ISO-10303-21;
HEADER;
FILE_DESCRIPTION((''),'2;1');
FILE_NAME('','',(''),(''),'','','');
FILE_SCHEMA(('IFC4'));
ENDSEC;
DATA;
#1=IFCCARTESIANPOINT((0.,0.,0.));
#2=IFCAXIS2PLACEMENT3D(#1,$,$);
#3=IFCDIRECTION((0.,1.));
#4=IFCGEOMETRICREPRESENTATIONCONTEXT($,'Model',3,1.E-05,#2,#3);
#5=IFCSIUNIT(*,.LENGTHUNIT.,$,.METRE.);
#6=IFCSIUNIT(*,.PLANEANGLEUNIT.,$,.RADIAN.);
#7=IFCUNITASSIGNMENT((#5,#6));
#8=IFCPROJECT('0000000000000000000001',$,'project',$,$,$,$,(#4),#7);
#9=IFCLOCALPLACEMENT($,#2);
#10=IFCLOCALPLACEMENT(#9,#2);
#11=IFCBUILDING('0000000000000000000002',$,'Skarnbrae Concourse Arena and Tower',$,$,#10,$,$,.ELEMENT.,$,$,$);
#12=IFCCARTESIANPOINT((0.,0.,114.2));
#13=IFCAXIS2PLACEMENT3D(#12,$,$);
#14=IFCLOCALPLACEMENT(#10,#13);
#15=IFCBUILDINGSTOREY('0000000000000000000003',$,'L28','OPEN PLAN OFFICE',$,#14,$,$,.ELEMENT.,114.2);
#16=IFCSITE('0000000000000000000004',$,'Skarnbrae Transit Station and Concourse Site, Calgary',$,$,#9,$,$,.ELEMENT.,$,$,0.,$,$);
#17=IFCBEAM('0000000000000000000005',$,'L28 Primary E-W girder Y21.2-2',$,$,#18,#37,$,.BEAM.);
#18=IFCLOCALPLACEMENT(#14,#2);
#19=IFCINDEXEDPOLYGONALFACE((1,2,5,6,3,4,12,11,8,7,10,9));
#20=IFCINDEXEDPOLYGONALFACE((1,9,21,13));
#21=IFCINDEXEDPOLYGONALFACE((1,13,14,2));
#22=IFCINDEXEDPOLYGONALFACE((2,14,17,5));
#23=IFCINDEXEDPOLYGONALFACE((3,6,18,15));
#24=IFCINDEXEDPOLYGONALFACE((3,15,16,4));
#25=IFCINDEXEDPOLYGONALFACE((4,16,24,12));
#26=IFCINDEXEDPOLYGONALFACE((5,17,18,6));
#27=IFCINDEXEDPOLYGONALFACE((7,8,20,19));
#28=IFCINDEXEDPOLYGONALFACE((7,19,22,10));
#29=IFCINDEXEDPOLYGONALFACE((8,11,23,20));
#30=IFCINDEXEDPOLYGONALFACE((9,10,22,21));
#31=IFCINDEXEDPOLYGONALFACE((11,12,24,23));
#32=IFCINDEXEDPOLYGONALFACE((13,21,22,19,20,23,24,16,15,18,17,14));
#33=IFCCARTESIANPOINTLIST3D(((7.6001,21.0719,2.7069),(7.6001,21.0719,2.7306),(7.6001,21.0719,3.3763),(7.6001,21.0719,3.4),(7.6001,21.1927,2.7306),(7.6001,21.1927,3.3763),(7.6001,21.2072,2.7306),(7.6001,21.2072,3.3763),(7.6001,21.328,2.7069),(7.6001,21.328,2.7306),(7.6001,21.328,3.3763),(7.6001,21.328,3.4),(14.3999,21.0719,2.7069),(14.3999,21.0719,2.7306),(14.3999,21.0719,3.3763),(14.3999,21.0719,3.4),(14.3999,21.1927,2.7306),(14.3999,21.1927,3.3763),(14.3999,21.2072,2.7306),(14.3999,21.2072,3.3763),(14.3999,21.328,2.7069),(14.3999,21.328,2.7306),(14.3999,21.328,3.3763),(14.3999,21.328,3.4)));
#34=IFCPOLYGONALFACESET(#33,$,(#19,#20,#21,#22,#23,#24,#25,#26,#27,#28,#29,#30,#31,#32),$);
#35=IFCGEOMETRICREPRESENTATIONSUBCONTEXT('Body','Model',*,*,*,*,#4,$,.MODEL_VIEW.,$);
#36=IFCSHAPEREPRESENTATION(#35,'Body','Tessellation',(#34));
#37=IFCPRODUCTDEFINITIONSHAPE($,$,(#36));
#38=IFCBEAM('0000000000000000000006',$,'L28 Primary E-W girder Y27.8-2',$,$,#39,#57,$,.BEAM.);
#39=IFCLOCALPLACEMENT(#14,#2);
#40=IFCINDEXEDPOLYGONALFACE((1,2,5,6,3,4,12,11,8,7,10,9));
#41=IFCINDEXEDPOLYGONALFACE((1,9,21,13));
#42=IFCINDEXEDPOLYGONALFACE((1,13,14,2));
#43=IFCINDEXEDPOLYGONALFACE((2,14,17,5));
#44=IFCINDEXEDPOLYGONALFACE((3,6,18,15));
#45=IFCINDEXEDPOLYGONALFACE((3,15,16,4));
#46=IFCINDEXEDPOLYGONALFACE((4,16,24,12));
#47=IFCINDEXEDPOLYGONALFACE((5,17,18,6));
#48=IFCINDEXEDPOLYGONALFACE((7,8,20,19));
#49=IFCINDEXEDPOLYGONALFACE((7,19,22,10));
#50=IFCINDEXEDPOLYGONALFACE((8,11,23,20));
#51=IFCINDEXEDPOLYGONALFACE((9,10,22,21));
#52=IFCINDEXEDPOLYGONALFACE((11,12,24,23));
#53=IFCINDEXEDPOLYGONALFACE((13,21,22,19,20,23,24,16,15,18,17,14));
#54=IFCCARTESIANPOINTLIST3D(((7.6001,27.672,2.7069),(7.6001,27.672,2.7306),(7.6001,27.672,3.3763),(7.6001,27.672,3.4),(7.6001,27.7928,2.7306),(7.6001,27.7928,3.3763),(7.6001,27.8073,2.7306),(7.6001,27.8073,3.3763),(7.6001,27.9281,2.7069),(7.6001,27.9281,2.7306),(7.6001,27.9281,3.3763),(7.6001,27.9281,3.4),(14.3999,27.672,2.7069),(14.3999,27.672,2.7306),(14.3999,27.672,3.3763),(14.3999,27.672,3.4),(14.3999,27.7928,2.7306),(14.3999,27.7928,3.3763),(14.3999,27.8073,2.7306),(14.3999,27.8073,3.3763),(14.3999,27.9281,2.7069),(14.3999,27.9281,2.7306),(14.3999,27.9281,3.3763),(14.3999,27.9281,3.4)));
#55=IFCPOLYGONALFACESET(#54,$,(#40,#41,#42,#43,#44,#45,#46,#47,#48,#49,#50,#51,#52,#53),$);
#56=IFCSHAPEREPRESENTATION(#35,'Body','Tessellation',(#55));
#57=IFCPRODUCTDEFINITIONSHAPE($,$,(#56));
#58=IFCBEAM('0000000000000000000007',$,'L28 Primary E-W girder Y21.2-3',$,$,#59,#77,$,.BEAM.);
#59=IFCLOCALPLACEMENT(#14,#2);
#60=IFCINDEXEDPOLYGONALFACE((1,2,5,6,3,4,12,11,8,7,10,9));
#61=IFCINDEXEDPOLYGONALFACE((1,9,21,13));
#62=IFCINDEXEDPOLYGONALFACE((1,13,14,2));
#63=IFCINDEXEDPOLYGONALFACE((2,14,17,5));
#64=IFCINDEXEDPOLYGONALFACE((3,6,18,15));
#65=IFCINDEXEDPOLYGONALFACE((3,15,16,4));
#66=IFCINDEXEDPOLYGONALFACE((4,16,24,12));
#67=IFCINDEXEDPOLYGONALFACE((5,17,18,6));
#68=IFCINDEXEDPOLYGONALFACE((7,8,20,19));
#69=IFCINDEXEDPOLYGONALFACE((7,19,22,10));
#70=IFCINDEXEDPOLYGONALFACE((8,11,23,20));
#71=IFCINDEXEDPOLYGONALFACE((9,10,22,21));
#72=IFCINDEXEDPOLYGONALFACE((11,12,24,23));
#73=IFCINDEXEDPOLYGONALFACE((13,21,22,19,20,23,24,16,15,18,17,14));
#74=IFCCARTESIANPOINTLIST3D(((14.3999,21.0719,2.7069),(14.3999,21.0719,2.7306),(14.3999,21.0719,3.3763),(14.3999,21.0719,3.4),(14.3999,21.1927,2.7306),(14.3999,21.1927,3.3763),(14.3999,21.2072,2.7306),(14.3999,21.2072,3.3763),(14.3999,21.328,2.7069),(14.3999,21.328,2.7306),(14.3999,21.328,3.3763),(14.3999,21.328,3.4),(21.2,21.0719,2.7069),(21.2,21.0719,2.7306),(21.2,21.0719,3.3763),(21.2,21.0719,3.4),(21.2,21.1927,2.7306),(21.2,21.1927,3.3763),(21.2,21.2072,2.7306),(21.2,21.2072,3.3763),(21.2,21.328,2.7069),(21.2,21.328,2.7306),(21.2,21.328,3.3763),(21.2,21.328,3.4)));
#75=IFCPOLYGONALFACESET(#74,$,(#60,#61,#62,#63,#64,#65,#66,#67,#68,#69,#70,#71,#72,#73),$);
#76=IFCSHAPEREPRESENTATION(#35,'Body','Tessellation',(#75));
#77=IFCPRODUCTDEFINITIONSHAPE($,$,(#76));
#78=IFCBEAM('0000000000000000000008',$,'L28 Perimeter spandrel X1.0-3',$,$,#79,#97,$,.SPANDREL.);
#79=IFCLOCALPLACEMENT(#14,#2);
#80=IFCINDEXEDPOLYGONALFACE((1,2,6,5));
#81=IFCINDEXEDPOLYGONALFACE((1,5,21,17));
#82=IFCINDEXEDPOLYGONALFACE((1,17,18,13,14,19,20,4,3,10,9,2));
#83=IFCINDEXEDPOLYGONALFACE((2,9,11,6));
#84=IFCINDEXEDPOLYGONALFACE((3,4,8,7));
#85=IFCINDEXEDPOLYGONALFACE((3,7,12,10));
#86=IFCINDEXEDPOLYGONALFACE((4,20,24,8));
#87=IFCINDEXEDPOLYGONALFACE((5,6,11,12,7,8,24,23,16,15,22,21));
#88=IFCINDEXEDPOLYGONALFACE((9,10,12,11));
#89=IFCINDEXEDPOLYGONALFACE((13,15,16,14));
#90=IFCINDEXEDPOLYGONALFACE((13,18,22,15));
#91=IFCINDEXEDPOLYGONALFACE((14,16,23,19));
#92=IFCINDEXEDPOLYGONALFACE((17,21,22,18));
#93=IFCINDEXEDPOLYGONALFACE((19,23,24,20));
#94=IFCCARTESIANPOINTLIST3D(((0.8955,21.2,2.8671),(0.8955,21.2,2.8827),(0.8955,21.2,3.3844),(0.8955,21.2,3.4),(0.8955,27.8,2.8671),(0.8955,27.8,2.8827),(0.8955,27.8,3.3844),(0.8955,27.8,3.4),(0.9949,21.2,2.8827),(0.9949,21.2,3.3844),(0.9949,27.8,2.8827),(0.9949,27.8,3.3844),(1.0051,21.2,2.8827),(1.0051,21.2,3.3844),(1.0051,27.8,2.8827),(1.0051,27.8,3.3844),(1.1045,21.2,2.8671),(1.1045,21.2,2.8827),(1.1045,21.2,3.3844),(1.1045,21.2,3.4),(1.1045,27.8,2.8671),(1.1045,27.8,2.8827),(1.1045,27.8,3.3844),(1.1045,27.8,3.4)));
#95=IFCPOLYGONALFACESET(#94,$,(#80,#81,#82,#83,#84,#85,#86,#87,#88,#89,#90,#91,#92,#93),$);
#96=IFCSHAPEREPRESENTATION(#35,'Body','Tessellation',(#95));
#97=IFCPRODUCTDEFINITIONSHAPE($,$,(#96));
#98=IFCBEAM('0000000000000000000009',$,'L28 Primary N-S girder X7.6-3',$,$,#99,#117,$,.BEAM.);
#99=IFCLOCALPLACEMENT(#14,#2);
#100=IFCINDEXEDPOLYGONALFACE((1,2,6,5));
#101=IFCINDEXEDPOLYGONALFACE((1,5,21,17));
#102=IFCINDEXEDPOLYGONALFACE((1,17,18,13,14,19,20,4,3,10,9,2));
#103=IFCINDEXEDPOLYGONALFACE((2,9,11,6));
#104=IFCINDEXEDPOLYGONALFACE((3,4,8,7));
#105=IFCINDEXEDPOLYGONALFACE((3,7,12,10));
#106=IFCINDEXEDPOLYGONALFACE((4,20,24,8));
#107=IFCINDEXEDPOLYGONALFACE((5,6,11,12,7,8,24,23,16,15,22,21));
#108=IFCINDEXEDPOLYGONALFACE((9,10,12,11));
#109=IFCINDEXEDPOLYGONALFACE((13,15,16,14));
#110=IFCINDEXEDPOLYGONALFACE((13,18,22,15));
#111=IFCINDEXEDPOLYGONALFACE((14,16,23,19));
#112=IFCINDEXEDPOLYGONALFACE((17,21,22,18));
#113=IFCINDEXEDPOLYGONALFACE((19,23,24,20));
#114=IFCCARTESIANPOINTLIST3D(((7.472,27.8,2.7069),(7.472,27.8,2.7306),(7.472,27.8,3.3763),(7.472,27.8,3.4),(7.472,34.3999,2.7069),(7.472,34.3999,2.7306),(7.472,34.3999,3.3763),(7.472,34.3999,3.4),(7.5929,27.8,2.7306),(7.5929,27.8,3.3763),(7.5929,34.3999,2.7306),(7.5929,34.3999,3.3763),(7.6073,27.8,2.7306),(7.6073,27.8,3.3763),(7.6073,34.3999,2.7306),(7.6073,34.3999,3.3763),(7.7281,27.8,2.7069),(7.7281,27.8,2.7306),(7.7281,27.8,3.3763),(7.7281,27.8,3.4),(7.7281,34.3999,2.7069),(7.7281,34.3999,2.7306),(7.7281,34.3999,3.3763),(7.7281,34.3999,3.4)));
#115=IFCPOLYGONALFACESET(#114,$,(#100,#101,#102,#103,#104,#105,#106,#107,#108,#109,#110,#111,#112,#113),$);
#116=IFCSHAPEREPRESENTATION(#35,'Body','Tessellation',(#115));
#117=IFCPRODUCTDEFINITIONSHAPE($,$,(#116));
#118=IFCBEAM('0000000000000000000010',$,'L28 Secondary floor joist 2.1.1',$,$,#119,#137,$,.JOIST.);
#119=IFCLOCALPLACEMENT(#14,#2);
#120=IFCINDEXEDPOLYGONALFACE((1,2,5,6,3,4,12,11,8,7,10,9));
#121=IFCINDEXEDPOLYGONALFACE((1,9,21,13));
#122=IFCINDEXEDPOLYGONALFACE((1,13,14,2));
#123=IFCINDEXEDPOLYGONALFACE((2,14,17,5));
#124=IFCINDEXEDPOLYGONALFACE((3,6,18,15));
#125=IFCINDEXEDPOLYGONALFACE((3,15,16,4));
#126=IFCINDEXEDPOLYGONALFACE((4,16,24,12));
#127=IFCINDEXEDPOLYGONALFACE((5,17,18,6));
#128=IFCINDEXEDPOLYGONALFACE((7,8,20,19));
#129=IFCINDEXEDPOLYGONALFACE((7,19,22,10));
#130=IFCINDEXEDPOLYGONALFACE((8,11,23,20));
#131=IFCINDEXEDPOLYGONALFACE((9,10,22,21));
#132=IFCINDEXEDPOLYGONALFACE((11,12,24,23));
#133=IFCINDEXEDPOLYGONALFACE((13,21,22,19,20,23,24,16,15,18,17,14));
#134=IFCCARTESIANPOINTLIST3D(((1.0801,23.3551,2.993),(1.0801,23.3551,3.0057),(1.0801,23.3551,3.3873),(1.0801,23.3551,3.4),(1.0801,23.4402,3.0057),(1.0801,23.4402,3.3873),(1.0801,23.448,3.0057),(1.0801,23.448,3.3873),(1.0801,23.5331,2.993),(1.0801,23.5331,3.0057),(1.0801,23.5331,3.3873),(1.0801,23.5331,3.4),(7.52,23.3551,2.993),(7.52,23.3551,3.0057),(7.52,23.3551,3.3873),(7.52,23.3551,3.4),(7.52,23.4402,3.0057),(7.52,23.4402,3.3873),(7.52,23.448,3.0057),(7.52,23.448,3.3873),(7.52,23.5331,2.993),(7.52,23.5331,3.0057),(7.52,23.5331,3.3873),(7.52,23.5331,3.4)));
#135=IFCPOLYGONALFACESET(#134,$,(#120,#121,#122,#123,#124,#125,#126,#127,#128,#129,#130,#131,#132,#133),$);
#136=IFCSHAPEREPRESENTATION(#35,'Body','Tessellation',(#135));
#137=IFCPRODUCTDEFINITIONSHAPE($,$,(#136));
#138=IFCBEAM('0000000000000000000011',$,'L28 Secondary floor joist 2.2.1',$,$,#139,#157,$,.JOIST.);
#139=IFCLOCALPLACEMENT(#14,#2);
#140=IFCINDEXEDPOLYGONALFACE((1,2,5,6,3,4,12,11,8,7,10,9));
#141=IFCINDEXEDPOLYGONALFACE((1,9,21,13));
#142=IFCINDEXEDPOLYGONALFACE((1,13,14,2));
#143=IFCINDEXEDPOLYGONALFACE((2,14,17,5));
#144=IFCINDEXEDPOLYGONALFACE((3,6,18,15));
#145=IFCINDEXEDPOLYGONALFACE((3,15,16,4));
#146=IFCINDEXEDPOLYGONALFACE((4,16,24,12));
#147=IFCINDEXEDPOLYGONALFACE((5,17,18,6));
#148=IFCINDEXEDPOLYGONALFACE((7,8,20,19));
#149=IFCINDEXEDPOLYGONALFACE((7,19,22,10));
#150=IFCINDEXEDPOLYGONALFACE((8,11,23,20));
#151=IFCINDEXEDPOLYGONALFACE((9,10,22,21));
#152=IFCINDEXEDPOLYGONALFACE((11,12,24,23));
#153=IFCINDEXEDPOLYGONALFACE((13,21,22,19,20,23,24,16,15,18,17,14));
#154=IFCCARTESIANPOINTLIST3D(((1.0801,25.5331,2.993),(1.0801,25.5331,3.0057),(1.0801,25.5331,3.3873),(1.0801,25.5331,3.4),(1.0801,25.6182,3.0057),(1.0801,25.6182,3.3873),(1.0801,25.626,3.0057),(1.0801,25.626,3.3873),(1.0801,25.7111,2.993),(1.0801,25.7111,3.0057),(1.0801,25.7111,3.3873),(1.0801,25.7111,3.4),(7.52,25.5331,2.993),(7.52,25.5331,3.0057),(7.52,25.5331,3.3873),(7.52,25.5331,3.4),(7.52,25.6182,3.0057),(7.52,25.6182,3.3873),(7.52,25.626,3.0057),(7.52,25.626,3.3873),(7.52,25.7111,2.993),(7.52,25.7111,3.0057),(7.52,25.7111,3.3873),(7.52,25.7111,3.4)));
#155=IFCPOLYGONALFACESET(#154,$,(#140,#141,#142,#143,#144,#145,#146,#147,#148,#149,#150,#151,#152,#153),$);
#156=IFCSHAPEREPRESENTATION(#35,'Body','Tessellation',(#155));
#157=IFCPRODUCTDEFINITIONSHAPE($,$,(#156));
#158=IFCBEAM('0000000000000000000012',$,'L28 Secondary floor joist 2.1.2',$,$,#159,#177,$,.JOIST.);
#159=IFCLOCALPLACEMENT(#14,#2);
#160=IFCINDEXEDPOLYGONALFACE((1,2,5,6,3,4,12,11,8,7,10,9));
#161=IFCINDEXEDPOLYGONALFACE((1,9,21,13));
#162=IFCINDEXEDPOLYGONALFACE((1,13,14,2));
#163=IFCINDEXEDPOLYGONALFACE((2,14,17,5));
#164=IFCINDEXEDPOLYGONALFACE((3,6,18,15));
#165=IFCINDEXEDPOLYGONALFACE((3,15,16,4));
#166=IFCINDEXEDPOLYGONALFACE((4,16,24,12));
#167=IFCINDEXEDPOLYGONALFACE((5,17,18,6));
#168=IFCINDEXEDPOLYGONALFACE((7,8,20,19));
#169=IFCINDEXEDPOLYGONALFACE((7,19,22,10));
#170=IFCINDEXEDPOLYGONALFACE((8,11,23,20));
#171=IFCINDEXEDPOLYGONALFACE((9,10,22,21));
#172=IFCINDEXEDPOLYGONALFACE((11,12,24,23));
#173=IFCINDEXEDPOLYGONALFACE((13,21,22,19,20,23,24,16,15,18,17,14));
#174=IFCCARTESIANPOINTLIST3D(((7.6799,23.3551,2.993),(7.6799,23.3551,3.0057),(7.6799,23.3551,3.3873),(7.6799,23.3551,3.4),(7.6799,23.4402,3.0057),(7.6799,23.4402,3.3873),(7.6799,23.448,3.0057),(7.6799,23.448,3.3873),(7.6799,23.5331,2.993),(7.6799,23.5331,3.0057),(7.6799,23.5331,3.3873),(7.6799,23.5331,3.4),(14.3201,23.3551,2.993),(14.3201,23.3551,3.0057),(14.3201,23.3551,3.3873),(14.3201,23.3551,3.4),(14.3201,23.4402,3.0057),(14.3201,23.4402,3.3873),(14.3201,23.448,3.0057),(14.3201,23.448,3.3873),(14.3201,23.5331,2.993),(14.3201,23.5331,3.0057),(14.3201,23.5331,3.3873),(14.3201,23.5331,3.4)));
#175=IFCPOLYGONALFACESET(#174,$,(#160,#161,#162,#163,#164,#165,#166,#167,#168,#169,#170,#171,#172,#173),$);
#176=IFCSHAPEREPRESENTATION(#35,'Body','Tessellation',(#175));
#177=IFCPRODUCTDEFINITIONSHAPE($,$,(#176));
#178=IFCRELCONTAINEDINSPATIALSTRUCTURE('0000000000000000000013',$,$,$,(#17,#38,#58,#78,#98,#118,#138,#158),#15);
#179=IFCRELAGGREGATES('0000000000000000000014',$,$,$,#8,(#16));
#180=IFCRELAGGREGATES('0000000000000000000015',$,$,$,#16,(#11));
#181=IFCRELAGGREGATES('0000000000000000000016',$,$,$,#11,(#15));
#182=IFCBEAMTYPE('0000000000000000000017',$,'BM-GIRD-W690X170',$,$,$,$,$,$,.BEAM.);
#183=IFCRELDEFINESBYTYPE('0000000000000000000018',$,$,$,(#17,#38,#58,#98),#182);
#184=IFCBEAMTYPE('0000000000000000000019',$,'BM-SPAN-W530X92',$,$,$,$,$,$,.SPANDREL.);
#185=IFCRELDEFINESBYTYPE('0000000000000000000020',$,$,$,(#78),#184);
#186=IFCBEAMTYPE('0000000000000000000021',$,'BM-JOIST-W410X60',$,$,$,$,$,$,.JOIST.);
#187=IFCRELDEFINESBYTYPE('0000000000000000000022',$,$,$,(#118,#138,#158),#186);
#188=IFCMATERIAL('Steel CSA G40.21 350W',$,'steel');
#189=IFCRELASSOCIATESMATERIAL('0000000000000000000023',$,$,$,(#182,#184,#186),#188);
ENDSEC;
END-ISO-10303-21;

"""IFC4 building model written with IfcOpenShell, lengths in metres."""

from ifc_helpers import new_model, si_unit, direction, frame, origin, origin_2d, place, context, subcontext, project, spatial, i_section, extrude, source, transform, mapped, material, material_profile, profile_set, type_object, element, save


model = new_model("IFC4")

# Units and contexts
model_context = context("Model", 3, precision=1e-05, world=origin(), true_north=direction((0.0, 1.0)))
body_context = subcontext(model_context, "Body", "Model", "MODEL_VIEW")
ifc_project = project(units=[si_unit("LENGTHUNIT", "METRE"), si_unit("PLANEANGLEUNIT", "RADIAN")], contexts=[model_context])

# Site, building, storey
site_placement = place(None, origin())
site = spatial("IfcSite", under=ifc_project, at=site_placement, Name="Skarnbrae Transit Station and Concourse Site, Calgary", CompositionType="ELEMENT", RefElevation=0.0)
building_placement = place(site_placement, origin())
building = spatial("IfcBuilding", under=site, at=building_placement, Name="Skarnbrae Concourse Arena and Tower", CompositionType="ELEMENT")
storey_placement = place(building_placement, frame((0.0, 0.0, 114.2)))
storey = spatial("IfcBuildingStorey", under=building, at=storey_placement, Name="L28", Description="OPEN PLAN OFFICE", CompositionType="ELEMENT", Elevation=114.2)

# Shared definitions
ifc_material_1 = material(Name="Steel CSA G40.21 350W", Category="steel")

# Beams
ifc_material_profile_1 = material_profile(ifc_material_1, i_section(OverallWidth=0.2561, OverallDepth=0.6931, WebThickness=0.0144, FlangeThickness=0.0237, at=origin_2d()), Name="W690X170")
ifc_profile_set_1 = profile_set([ifc_material_profile_1], Name="Steel CSA G40.21 350W")
beam_type_1 = type_object("IfcBeamType", Name="BM-GIRD-W690X170", PredefinedType="BEAM", material=ifc_profile_set_1)
shared_shape_1 = source(origin(), body_context, "Body", "SweptSolid", [
    extrude(i_section(OverallWidth=0.2561, OverallDepth=0.6931, WebThickness=0.0144, FlangeThickness=0.0237, at=origin_2d()), origin(), (0.0, 0.0, 1.0), 6.7998),
])
for number, where, z_axis, x_axis, name in (
    (1, (7.6001, 21.2, 3.0535), (1.0, 0.0, 0.0), (0.0, 1.0, 0.0), "L28 Primary E-W girder Y21.2-2"),
    (2, (7.6001, 27.8, 3.0535), (1.0, 0.0, 0.0), (0.0, 1.0, 0.0), "L28 Primary E-W girder Y27.8-2"),
):
    element("IfcBeam", number, at=place(storey_placement, frame(where, z_axis=z_axis, x_axis=x_axis)), inside=storey, type_object=beam_type_1, Name=name, PredefinedType="BEAM", context=body_context, shape_type="MappedRepresentation", body=[
        mapped(shared_shape_1, transform((0.0, 0.0, 0.0))),
    ])
shared_shape_2 = source(origin(), body_context, "Body", "SweptSolid", [
    extrude(i_section(OverallWidth=0.2561, OverallDepth=0.6931, WebThickness=0.0144, FlangeThickness=0.0237, at=origin_2d()), origin(), (0.0, 0.0, 1.0), 6.8),
])
beam_1_placement = place(storey_placement, frame((14.3999, 21.2, 3.0535), z_axis=(1.0, 0.0, 0.0), x_axis=(0.0, 1.0, 0.0)))
element("IfcBeam", 3, at=beam_1_placement, inside=storey, type_object=beam_type_1, Name="L28 Primary E-W girder Y21.2-3", PredefinedType="BEAM", context=body_context, shape_type="MappedRepresentation", body=[
    mapped(shared_shape_2, transform((0.0, 0.0, 0.0))),
])
ifc_material_profile_2 = material_profile(ifc_material_1, i_section(OverallWidth=0.209, OverallDepth=0.533, WebThickness=0.0103, FlangeThickness=0.0156, at=origin_2d()), Name="W530X92")
ifc_profile_set_2 = profile_set([ifc_material_profile_2], Name="Steel CSA G40.21 350W")
beam_type_2 = type_object("IfcBeamType", Name="BM-SPAN-W530X92", PredefinedType="SPANDREL", material=ifc_profile_set_2)
shared_shape_3 = source(origin(), body_context, "Body", "SweptSolid", [
    extrude(i_section(OverallWidth=0.209, OverallDepth=0.533, WebThickness=0.0103, FlangeThickness=0.0156, at=origin_2d()), origin(), (0.0, 0.0, 1.0), 6.6001),
])
beam_2_placement = place(storey_placement, frame((1.0, 21.2, 3.1335), z_axis=(0.0, 1.0, 0.0), x_axis=(-1.0, 0.0, 0.0)))
element("IfcBeam", 4, at=beam_2_placement, inside=storey, type_object=beam_type_2, Name="L28 Perimeter spandrel X1.0-3", PredefinedType="SPANDREL", context=body_context, shape_type="MappedRepresentation", body=[
    mapped(shared_shape_3, transform((0.0, 0.0, 0.0))),
])
shared_shape_4 = source(origin(), body_context, "Body", "SweptSolid", [
    extrude(i_section(OverallWidth=0.2561, OverallDepth=0.6931, WebThickness=0.0144, FlangeThickness=0.0237, at=origin_2d()), origin(), (0.0, 0.0, 1.0), 6.5999),
])
beam_3_placement = place(storey_placement, frame((7.6001, 27.8, 3.0535), z_axis=(0.0, 1.0, 0.0), x_axis=(-1.0, 0.0, 0.0)))
element("IfcBeam", 5, at=beam_3_placement, inside=storey, type_object=beam_type_1, Name="L28 Primary N-S girder X7.6-3", PredefinedType="BEAM", context=body_context, shape_type="MappedRepresentation", body=[
    mapped(shared_shape_4, transform((0.0, 0.0, 0.0))),
])
ifc_material_profile_3 = material_profile(ifc_material_1, i_section(OverallWidth=0.178, OverallDepth=0.407, WebThickness=0.0078, FlangeThickness=0.0127, at=origin_2d()), Name="W410X60")
ifc_profile_set_3 = profile_set([ifc_material_profile_3], Name="Steel CSA G40.21 350W")
beam_type_3 = type_object("IfcBeamType", Name="BM-JOIST-W410X60", PredefinedType="JOIST", material=ifc_profile_set_3)
shared_shape_5 = source(origin(), body_context, "Body", "SweptSolid", [
    extrude(i_section(OverallWidth=0.178, OverallDepth=0.407, WebThickness=0.0078, FlangeThickness=0.0127, at=origin_2d()), origin(), (0.0, 0.0, 1.0), 6.4399),
])
for number, where, z_axis, x_axis, name in (
    (6, (1.0801, 23.4441, 3.1965), (1.0, 0.0, 0.0), (0.0, 1.0, 0.0), "L28 Secondary floor joist 2.1.1"),
    (7, (1.0801, 25.6221, 3.1965), (1.0, 0.0, 0.0), (0.0, 1.0, 0.0), "L28 Secondary floor joist 2.2.1"),
):
    element("IfcBeam", number, at=place(storey_placement, frame(where, z_axis=z_axis, x_axis=x_axis)), inside=storey, type_object=beam_type_3, Name=name, PredefinedType="JOIST", context=body_context, shape_type="MappedRepresentation", body=[
        mapped(shared_shape_5, transform((0.0, 0.0, 0.0))),
    ])
shared_shape_6 = source(origin(), body_context, "Body", "SweptSolid", [
    extrude(i_section(OverallWidth=0.178, OverallDepth=0.407, WebThickness=0.0078, FlangeThickness=0.0127, at=origin_2d()), origin(), (0.0, 0.0, 1.0), 6.6401),
])
for number, where, z_axis, x_axis, name in (
    (8, (7.6799, 23.4441, 3.1965), (1.0, 0.0, 0.0), (0.0, 1.0, 0.0), "L28 Secondary floor joist 2.1.2"),
):
    element("IfcBeam", number, at=place(storey_placement, frame(where, z_axis=z_axis, x_axis=x_axis)), inside=storey, type_object=beam_type_3, Name=name, PredefinedType="JOIST", context=body_context, shape_type="MappedRepresentation", body=[
        mapped(shared_shape_6, transform((0.0, 0.0, 0.0))),
    ])

save(model, "model.ifc")
